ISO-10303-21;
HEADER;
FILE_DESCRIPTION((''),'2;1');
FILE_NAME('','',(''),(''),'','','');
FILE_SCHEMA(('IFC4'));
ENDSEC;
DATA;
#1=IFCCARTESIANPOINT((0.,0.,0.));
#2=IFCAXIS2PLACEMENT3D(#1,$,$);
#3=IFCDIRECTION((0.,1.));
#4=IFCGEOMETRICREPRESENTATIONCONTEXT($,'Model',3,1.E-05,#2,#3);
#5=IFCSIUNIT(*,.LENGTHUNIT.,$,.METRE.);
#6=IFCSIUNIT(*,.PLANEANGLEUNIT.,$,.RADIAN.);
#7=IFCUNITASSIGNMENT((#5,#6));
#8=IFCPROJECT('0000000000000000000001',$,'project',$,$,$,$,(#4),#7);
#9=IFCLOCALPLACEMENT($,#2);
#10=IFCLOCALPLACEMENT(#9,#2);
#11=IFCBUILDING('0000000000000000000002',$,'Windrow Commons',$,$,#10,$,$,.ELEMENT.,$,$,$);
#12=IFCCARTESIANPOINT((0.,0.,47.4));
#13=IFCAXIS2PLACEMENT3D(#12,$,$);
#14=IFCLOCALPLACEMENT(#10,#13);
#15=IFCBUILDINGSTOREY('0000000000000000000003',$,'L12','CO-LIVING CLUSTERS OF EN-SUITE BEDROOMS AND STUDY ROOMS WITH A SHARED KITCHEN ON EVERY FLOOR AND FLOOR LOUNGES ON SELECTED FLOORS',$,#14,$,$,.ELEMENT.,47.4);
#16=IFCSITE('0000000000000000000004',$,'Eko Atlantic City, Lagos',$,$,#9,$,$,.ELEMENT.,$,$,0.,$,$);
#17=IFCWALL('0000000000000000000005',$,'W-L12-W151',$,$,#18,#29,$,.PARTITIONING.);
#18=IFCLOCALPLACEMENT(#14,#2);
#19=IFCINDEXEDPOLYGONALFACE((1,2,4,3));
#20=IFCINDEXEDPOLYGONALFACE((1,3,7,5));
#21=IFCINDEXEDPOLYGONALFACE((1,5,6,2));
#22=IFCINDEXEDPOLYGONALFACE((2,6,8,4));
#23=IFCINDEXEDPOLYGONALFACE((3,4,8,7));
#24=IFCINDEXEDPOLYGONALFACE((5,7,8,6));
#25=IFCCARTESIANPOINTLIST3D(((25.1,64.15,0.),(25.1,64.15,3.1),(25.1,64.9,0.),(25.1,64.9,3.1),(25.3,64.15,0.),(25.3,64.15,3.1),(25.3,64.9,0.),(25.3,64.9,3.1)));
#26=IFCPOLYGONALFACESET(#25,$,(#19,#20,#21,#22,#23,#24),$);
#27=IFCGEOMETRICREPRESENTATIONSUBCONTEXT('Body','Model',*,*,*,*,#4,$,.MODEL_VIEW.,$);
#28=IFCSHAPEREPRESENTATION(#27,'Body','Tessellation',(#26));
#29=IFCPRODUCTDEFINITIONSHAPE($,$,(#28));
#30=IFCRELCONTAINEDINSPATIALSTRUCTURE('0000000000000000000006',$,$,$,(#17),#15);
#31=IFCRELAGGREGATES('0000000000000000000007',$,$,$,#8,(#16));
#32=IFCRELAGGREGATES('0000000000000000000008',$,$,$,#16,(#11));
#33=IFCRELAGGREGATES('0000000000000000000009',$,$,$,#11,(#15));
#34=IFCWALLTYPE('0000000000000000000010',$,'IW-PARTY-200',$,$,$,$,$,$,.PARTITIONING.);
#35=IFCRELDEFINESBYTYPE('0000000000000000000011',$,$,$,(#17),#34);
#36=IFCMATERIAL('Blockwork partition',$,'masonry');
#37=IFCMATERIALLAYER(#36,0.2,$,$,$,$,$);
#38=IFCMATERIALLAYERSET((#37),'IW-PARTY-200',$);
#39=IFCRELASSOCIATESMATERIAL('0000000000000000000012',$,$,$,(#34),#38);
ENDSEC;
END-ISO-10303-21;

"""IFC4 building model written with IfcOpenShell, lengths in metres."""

from ifc_helpers import new_model, si_unit, direction, frame, frame_2d, origin, place, context, subcontext, project, spatial, rectangle, extrude, material, layer, layer_set, type_object, element, save


model = new_model("IFC4")

# Units and contexts
model_context = context("Model", 3, precision=1e-05, world=origin(), true_north=direction((0.0, 1.0)))
body_context = subcontext(model_context, "Body", "Model", "MODEL_VIEW")
ifc_project = project(units=[si_unit("LENGTHUNIT", "METRE"), si_unit("PLANEANGLEUNIT", "RADIAN")], contexts=[model_context])

# Site, building, storey
site_placement = place(None, origin())
site = spatial("IfcSite", under=ifc_project, at=site_placement, Name="Eko Atlantic City, Lagos", CompositionType="ELEMENT", RefElevation=0.0)
building_placement = place(site_placement, origin())
building = spatial("IfcBuilding", under=site, at=building_placement, Name="Windrow Commons", CompositionType="ELEMENT")
storey_placement = place(building_placement, frame((0.0, 0.0, 47.4)))
storey = spatial("IfcBuildingStorey", under=building, at=storey_placement, Name="L12", Description="CO-LIVING CLUSTERS OF EN-SUITE BEDROOMS AND STUDY ROOMS WITH A SHARED KITCHEN ON EVERY FLOOR AND FLOOR LOUNGES ON SELECTED FLOORS", CompositionType="ELEMENT", Elevation=47.4)

# Wall
ifc_material_1 = material(Name="Blockwork partition", Category="masonry")
ifc_layer_1 = layer(ifc_material_1, 0.2)
ifc_layer_set_1 = layer_set([ifc_layer_1], Name="IW-PARTY-200")
wall_type_1 = type_object("IfcWallType", Name="IW-PARTY-200", PredefinedType="PARTITIONING", material=ifc_layer_set_1)
wall_1_placement = place(storey_placement, frame((25.2, 64.15, 0.0), z_axis=(0.0, 0.0, 1.0), x_axis=(0.0, 1.0, 0.0)))
element("IfcWall", 1, at=wall_1_placement, inside=storey, type_object=wall_type_1, Name="W-L12-W151", PredefinedType="PARTITIONING", context=body_context, shape_type="SweptSolid", body=[
    extrude(rectangle(XDim=0.75, YDim=0.2, at=frame_2d((0.375, 0.0))), origin(), (0.0, 0.0, 1.0), 3.1),
])

save(model, "model.ifc")
